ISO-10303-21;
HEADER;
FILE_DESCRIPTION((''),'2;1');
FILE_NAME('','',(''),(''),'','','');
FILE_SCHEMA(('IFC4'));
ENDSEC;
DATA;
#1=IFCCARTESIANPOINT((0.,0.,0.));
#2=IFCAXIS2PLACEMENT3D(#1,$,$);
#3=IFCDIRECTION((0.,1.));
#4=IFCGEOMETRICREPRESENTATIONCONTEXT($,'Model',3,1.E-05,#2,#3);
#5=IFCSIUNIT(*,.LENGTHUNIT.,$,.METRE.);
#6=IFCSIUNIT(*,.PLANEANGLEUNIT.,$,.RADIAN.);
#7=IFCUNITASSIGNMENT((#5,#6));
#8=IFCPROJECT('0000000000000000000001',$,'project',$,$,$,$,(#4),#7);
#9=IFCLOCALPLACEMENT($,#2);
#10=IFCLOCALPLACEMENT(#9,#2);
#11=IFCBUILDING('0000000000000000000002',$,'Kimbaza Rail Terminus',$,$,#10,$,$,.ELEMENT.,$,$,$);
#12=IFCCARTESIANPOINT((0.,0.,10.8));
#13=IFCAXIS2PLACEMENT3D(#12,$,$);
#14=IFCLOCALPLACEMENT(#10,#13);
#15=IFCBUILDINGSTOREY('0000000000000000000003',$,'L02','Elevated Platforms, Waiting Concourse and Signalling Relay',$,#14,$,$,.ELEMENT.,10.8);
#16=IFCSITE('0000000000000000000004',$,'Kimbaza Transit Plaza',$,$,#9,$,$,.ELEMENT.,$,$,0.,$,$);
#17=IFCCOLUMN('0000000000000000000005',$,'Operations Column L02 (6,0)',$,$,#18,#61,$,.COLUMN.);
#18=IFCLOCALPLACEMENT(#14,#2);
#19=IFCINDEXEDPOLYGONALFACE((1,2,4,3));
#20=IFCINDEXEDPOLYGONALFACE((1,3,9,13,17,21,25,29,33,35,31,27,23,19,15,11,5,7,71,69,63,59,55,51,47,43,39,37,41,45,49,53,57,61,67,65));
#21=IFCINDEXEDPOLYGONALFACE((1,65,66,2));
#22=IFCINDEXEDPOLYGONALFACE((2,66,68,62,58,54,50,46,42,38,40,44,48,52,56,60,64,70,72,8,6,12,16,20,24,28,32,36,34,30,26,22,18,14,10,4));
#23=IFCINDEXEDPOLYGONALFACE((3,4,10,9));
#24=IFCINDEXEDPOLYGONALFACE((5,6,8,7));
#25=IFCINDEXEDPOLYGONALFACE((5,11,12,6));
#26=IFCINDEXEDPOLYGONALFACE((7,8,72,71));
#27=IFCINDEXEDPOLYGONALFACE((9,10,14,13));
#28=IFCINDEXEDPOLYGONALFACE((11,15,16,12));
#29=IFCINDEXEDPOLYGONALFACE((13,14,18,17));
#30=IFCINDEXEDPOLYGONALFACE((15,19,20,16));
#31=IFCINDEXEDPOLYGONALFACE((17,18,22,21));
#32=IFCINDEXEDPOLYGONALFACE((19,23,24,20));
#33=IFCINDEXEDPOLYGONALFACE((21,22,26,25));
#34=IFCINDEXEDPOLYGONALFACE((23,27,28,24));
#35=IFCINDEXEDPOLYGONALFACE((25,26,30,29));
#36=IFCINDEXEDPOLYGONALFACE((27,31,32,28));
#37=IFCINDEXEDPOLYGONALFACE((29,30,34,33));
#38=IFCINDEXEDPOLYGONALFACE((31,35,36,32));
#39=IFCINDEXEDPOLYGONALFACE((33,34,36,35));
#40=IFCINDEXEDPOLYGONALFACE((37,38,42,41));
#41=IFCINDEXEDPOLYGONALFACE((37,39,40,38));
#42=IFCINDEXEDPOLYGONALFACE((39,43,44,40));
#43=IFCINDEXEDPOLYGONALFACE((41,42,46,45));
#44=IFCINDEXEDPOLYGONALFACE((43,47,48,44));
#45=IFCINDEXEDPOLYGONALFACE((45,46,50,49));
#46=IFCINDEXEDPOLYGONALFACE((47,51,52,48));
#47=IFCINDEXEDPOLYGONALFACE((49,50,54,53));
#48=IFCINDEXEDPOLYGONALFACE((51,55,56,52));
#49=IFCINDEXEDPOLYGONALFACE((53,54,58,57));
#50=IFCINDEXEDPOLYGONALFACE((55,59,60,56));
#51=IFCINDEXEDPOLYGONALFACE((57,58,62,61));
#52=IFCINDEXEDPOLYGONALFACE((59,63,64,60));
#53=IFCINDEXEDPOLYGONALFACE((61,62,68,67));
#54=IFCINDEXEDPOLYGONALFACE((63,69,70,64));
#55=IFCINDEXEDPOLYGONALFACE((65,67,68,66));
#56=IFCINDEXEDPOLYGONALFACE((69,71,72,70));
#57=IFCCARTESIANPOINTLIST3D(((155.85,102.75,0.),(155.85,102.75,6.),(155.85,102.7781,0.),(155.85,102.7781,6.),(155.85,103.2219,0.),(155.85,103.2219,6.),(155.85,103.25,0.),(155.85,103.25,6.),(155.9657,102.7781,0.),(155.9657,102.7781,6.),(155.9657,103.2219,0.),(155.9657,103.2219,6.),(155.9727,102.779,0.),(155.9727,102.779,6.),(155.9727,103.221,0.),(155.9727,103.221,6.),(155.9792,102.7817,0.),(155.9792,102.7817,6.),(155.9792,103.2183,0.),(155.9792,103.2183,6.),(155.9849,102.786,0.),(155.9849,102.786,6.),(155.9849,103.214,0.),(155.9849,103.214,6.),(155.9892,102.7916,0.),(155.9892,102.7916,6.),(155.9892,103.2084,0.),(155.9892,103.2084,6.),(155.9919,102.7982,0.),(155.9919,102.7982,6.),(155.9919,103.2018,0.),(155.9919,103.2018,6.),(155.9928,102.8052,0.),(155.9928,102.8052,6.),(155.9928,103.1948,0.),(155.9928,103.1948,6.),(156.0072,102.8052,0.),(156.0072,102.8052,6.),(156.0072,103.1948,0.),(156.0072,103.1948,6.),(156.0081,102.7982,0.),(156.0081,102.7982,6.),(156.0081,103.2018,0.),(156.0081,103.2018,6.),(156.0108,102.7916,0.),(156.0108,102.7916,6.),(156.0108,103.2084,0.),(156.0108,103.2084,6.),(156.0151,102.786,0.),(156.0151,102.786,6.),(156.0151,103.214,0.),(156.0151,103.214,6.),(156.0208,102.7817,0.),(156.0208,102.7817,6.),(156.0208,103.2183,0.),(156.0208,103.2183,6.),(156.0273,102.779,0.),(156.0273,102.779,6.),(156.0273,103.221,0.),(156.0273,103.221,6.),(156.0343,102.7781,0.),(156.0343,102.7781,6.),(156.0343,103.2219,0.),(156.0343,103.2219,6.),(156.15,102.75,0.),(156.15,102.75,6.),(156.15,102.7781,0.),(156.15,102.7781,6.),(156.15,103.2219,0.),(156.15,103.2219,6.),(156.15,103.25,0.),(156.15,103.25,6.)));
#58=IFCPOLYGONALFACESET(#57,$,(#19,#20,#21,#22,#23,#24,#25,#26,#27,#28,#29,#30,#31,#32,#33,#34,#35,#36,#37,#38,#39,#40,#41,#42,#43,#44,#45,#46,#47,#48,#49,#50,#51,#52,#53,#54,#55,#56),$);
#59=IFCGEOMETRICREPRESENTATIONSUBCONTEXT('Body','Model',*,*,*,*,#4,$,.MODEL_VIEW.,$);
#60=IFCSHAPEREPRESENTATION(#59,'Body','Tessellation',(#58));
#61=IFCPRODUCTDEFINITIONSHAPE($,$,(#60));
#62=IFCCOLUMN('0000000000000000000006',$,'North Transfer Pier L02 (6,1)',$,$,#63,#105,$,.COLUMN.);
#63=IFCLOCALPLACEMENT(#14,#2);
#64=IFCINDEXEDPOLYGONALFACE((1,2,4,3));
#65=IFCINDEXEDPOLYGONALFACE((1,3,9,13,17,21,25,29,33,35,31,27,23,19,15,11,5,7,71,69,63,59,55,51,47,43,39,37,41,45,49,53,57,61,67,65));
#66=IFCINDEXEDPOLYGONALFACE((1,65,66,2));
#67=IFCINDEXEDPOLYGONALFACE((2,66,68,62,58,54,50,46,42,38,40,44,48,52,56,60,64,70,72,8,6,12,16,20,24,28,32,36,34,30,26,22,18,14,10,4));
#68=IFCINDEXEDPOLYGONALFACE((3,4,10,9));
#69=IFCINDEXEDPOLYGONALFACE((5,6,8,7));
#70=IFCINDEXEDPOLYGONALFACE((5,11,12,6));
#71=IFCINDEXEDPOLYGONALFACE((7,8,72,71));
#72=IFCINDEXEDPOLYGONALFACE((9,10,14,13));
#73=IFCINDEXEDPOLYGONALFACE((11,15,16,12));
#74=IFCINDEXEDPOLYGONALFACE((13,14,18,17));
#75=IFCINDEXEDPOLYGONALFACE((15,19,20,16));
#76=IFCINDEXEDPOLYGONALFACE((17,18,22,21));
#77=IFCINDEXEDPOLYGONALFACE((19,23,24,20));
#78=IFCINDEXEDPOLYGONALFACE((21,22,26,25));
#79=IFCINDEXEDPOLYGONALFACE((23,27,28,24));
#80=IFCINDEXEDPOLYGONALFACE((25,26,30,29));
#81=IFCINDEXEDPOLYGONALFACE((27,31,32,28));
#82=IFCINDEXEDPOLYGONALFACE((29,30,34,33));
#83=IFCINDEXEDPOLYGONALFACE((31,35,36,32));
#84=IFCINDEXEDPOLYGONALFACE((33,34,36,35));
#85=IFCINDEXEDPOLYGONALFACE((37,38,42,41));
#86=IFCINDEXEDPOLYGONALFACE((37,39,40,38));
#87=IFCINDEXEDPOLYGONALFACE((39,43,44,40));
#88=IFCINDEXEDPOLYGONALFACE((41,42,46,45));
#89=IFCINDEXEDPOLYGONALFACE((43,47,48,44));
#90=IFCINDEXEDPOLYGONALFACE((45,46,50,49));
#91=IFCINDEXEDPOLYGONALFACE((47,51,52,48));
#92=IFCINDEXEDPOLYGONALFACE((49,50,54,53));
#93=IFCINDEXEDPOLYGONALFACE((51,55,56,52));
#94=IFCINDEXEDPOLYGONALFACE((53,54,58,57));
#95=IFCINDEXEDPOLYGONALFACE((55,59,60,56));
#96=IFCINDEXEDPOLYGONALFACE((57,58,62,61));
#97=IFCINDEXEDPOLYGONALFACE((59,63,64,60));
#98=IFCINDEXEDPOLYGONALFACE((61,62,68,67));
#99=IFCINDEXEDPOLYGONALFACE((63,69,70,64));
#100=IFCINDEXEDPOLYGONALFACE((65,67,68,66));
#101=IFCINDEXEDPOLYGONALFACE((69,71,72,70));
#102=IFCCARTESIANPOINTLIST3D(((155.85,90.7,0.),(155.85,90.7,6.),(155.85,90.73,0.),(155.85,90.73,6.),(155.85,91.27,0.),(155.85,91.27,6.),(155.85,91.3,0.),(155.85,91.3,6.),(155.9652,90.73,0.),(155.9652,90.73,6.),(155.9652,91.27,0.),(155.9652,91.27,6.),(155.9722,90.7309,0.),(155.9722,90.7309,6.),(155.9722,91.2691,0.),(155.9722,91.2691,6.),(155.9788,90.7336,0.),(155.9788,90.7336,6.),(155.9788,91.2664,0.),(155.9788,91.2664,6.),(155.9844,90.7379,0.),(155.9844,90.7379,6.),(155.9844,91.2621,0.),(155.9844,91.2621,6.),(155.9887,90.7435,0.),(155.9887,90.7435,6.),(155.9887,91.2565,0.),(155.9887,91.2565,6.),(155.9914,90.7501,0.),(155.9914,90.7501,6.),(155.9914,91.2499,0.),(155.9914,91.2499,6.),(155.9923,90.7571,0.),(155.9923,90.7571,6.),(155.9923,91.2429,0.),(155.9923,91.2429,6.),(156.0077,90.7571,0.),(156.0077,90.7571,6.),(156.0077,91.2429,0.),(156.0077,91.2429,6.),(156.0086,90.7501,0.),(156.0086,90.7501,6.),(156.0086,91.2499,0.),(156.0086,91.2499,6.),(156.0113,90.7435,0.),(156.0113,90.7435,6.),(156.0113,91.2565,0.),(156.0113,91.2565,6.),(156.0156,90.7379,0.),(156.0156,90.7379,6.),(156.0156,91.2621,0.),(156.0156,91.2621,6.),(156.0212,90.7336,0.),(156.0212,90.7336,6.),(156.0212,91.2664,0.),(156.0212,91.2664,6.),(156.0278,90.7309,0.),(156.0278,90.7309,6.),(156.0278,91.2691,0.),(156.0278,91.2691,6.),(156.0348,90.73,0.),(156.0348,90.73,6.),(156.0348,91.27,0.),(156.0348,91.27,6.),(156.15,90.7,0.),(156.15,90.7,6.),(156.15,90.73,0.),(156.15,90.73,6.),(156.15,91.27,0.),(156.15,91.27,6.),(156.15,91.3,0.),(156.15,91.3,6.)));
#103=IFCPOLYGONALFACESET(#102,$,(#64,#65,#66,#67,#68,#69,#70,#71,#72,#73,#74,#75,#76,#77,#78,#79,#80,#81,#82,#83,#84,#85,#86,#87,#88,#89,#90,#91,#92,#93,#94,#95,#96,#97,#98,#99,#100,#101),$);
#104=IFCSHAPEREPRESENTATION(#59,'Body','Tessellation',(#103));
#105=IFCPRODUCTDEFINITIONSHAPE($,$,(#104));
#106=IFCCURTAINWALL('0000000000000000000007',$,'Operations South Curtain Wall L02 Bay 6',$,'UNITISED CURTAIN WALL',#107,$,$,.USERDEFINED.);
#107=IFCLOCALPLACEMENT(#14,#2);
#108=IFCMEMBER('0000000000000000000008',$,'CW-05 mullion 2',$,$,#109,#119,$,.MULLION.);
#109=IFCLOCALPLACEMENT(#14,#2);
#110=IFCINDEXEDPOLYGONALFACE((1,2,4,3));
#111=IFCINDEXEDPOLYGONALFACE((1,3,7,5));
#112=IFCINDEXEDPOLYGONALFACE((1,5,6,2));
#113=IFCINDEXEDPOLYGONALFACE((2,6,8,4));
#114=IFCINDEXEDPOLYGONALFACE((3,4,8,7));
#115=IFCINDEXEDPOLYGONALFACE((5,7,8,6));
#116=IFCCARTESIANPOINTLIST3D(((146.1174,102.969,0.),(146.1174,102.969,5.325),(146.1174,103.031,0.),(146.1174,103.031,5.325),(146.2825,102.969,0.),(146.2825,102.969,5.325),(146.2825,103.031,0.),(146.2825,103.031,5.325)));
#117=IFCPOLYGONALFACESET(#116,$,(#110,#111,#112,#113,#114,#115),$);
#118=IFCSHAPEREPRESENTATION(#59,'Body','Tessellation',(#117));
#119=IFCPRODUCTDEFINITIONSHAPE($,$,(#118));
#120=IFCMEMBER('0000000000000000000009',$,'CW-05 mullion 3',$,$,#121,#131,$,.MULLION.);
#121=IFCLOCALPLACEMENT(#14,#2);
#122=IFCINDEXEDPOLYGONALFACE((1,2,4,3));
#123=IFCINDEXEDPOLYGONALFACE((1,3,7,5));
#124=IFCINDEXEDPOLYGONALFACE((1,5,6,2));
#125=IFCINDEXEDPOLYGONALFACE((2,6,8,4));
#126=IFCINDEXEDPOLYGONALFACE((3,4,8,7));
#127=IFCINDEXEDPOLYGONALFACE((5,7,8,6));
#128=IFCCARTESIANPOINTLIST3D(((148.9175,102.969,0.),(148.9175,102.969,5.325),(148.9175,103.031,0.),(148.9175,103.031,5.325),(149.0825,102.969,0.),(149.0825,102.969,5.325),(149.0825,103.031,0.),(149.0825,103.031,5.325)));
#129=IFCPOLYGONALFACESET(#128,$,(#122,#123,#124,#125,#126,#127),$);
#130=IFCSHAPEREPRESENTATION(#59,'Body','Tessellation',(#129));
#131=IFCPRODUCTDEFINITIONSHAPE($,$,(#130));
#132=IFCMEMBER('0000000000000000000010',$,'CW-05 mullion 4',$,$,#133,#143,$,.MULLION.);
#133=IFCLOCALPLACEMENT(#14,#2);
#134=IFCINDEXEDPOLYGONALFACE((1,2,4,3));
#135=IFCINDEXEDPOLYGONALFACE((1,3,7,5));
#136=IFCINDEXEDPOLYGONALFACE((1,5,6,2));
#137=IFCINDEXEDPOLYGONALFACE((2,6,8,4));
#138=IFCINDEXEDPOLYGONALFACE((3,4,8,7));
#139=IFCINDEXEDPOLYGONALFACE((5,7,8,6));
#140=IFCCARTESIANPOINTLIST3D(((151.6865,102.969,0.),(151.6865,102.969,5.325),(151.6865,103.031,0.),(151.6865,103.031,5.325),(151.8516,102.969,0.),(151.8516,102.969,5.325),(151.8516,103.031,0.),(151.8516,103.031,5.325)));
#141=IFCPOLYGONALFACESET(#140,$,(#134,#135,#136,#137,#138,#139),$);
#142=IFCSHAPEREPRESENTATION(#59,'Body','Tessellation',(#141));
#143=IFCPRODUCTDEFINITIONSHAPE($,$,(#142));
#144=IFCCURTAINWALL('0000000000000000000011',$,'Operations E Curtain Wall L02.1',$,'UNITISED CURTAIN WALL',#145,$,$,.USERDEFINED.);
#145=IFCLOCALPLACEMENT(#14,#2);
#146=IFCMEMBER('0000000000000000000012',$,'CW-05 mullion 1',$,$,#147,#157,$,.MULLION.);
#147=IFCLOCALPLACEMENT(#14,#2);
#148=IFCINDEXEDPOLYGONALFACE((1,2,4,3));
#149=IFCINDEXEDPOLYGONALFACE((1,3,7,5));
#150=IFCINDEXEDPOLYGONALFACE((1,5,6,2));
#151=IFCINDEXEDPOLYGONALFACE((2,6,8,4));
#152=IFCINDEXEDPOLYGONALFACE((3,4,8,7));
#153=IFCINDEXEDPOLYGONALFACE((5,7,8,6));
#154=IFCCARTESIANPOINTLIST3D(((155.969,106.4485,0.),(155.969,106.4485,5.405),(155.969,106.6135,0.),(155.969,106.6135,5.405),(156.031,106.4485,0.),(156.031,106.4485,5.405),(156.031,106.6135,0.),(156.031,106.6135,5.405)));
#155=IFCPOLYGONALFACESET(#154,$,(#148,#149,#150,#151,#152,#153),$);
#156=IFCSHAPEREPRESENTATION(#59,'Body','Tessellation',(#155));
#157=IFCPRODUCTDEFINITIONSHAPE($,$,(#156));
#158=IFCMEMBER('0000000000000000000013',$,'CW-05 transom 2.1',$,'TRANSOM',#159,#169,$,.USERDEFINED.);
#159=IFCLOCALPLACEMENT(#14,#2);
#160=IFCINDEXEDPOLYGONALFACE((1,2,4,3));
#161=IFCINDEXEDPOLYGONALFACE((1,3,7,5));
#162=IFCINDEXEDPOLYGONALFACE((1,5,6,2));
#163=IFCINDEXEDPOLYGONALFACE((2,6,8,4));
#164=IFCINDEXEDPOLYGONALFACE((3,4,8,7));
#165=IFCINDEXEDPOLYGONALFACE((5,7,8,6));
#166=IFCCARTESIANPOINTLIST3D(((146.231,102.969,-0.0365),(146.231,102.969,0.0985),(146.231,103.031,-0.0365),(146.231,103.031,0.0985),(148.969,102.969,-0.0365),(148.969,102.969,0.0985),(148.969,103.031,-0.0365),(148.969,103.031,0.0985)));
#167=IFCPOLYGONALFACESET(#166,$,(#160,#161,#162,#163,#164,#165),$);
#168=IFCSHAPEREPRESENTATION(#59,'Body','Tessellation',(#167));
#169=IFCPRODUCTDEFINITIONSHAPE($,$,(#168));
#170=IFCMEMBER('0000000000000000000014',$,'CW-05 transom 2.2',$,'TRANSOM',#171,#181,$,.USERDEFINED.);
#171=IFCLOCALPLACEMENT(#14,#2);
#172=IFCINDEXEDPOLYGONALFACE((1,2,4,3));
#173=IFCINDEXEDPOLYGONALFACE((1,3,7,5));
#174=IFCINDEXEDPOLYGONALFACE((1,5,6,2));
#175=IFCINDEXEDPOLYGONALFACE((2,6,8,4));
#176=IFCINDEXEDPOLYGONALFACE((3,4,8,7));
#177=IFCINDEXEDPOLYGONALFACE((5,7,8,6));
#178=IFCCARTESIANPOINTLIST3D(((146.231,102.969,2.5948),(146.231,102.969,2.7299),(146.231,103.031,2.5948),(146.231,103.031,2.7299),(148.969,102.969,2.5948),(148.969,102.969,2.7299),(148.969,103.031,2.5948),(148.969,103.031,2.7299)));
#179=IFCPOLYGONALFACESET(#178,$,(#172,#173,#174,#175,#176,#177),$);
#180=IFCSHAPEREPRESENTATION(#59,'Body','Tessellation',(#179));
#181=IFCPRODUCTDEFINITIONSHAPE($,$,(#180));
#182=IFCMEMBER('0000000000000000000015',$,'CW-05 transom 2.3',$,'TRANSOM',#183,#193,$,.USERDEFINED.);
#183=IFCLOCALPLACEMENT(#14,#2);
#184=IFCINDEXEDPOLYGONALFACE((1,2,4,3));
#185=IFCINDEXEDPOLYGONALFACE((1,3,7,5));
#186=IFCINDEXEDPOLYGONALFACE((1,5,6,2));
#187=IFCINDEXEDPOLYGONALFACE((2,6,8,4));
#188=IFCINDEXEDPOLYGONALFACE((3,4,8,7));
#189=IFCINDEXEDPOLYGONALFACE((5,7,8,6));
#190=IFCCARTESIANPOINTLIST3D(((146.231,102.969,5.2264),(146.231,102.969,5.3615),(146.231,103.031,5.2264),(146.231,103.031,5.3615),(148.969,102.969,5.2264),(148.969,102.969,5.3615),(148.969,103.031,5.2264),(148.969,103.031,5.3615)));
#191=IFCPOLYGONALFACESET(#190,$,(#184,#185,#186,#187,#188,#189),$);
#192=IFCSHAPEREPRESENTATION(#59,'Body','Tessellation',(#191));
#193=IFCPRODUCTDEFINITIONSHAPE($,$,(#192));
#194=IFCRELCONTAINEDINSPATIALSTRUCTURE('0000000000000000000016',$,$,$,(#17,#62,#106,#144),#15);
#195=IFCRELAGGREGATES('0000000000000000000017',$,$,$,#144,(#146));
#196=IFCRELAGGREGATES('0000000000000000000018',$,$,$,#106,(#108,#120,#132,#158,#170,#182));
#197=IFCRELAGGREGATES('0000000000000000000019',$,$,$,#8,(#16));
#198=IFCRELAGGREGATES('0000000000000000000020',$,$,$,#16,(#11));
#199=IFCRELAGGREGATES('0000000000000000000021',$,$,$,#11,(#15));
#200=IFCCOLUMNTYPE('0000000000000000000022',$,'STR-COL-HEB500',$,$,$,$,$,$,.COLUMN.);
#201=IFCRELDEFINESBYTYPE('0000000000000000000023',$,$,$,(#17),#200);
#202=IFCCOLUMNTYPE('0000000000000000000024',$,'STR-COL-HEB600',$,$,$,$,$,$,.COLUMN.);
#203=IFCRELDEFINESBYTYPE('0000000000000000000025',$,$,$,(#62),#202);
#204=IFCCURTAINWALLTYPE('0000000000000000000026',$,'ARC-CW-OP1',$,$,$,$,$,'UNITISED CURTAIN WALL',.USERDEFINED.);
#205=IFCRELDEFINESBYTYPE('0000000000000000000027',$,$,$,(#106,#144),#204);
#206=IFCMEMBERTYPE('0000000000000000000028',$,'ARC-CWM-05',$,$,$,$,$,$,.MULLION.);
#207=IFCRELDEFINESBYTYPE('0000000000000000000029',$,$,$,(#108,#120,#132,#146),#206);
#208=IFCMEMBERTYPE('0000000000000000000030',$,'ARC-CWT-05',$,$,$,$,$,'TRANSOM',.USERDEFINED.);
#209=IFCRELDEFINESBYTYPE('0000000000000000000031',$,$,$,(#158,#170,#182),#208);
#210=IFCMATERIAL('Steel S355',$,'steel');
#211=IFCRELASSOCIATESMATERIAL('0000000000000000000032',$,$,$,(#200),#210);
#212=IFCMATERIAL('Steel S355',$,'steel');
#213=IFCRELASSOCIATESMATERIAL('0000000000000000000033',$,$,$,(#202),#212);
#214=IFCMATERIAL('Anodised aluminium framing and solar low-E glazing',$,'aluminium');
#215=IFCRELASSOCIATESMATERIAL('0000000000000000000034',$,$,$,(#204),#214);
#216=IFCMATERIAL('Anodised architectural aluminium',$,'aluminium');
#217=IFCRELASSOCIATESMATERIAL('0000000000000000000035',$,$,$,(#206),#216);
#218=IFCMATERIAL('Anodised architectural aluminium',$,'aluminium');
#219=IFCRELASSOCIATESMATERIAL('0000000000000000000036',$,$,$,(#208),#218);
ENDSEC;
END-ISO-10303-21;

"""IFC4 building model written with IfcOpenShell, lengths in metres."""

from ifc_helpers import new_model, si_unit, direction, frame, origin, origin_2d, place, context, subcontext, project, spatial, rectangle, i_section, extrude, material, material_profile, profile_set, type_object, element, aggregate, save


model = new_model("IFC4")

# Units and contexts
model_context = context("Model", 3, precision=1e-05, world=origin(), true_north=direction((0.0, 1.0)))
body_context = subcontext(model_context, "Body", "Model", "MODEL_VIEW")
ifc_project = project(units=[si_unit("LENGTHUNIT", "METRE"), si_unit("PLANEANGLEUNIT", "RADIAN")], contexts=[model_context])

# Site, building, storey
site_placement = place(None, origin())
site = spatial("IfcSite", under=ifc_project, at=site_placement, Name="Kimbaza Transit Plaza", CompositionType="ELEMENT", RefElevation=0.0)
building_placement = place(site_placement, origin())
building = spatial("IfcBuilding", under=site, at=building_placement, Name="Kimbaza Rail Terminus", CompositionType="ELEMENT")
storey_placement = place(building_placement, frame((0.0, 0.0, 10.8)))
storey = spatial("IfcBuildingStorey", under=building, at=storey_placement, Name="L02", Description="Elevated Platforms, Waiting Concourse and Signalling Relay", CompositionType="ELEMENT", Elevation=10.8)

# Columns
ifc_material_1 = material(Name="Steel S355", Category="steel")
ifc_material_profile_1 = material_profile(ifc_material_1, i_section(OverallWidth=0.3, OverallDepth=0.5, WebThickness=0.0144, FlangeThickness=0.0281, FilletRadius=0.0271, at=origin_2d()), Name="HEB 500")
ifc_profile_set_1 = profile_set([ifc_material_profile_1], Name="Steel S355")
column_type_1 = type_object("IfcColumnType", Name="STR-COL-HEB500", PredefinedType="COLUMN", material=ifc_profile_set_1)
column_1_placement = place(storey_placement, frame((156.0, 103.0, 0.0), z_axis=(0.0, 0.0, 1.0), x_axis=(1.0, 0.0, 0.0)))
element("IfcColumn", 1, at=column_1_placement, inside=storey, type_object=column_type_1, Name="Operations Column L02 (6,0)", PredefinedType="COLUMN", context=body_context, shape_type="SweptSolid", body=[
    extrude(i_section(OverallWidth=0.3, OverallDepth=0.5, WebThickness=0.0144, FlangeThickness=0.0281, FilletRadius=0.0271, at=origin_2d()), origin(), (0.0, 0.0, 1.0), 6.0),
])
ifc_material_2 = material(Name="Steel S355", Category="steel")
ifc_material_profile_2 = material_profile(ifc_material_2, i_section(OverallWidth=0.3, OverallDepth=0.6001, WebThickness=0.0154, FlangeThickness=0.03, FilletRadius=0.0271, at=origin_2d()), Name="HEB 600")
ifc_profile_set_2 = profile_set([ifc_material_profile_2], Name="Steel S355")
column_type_2 = type_object("IfcColumnType", Name="STR-COL-HEB600", PredefinedType="COLUMN", material=ifc_profile_set_2)
column_2_placement = place(storey_placement, frame((156.0, 91.0, 0.0), z_axis=(0.0, 0.0, 1.0), x_axis=(1.0, 0.0, 0.0)))
element("IfcColumn", 2, at=column_2_placement, inside=storey, type_object=column_type_2, Name="North Transfer Pier L02 (6,1)", PredefinedType="COLUMN", context=body_context, shape_type="SweptSolid", body=[
    extrude(i_section(OverallWidth=0.3, OverallDepth=0.6001, WebThickness=0.0154, FlangeThickness=0.03, FilletRadius=0.0271, at=origin_2d()), origin(), (0.0, 0.0, 1.0), 6.0),
])

# Curtain wall, members
ifc_material_3 = material(Name="Anodised aluminium framing and solar low-E glazing", Category="aluminium")
curtain_wall_type = type_object("IfcCurtainWallType", Name="ARC-CW-OP1", ElementType="UNITISED CURTAIN WALL", PredefinedType="USERDEFINED", material=ifc_material_3)
curtain_wall_1_placement = place(storey_placement, origin())
curtain_wall_1 = element("IfcCurtainWall", 3, at=curtain_wall_1_placement, inside=storey, type_object=curtain_wall_type, Name="Operations South Curtain Wall L02 Bay 6", ObjectType="UNITISED CURTAIN WALL", PredefinedType="USERDEFINED")
ifc_material_4 = material(Name="Anodised architectural aluminium", Category="aluminium")
ifc_material_profile_3 = material_profile(ifc_material_4, rectangle(XDim=0.062, YDim=0.165, at=origin_2d()), Name="MULLION 62x165")
ifc_profile_set_3 = profile_set([ifc_material_profile_3], Name="Anodised architectural aluminium")
member_type_1 = type_object("IfcMemberType", Name="ARC-CWM-05", PredefinedType="MULLION", material=ifc_profile_set_3)
member_1_placement = place(storey_placement, frame((146.2, 103.0, 0.0), z_axis=(0.0, 0.0, 1.0), x_axis=(0.0, 1.0, 0.0)))
member_1 = element("IfcMember", 4, at=member_1_placement, type_object=member_type_1, Name="CW-05 mullion 2", PredefinedType="MULLION", context=body_context, shape_type="SweptSolid", body=[
    extrude(rectangle(XDim=0.062, YDim=0.165, at=origin_2d()), origin(), (0.0, 0.0, 1.0), 5.325),
])
member_2_placement = place(storey_placement, frame((149.0, 103.0, 0.0), z_axis=(0.0, 0.0, 1.0), x_axis=(0.0, 1.0, 0.0)))
member_2 = element("IfcMember", 5, at=member_2_placement, type_object=member_type_1, Name="CW-05 mullion 3", PredefinedType="MULLION", context=body_context, shape_type="SweptSolid", body=[
    extrude(rectangle(XDim=0.062, YDim=0.165, at=origin_2d()), origin(), (0.0, 0.0, 1.0), 5.325),
])
member_3_placement = place(storey_placement, frame((151.769, 103.0, 0.0), z_axis=(0.0, 0.0, 1.0), x_axis=(0.0, 1.0, 0.0)))
member_3 = element("IfcMember", 6, at=member_3_placement, type_object=member_type_1, Name="CW-05 mullion 4", PredefinedType="MULLION", context=body_context, shape_type="SweptSolid", body=[
    extrude(rectangle(XDim=0.062, YDim=0.165, at=origin_2d()), origin(), (0.0, 0.0, 1.0), 5.325),
])

# Curtain wall, member
curtain_wall_2_placement = place(storey_placement, origin())
curtain_wall_2 = element("IfcCurtainWall", 7, at=curtain_wall_2_placement, inside=storey, type_object=curtain_wall_type, Name="Operations E Curtain Wall L02.1", ObjectType="UNITISED CURTAIN WALL", PredefinedType="USERDEFINED")
member_4_placement = place(storey_placement, frame((156.0, 106.531, 0.0), z_axis=(0.0, 0.0, 1.0), x_axis=(-1.0, 0.0, 0.0)))
member_4 = element("IfcMember", 8, at=member_4_placement, type_object=member_type_1, Name="CW-05 mullion 1", PredefinedType="MULLION", context=body_context, shape_type="SweptSolid", body=[
    extrude(rectangle(XDim=0.062, YDim=0.165, at=origin_2d()), origin(), (0.0, 0.0, 1.0), 5.405),
])
aggregate(curtain_wall_2, [member_4])

# Members
ifc_material_5 = material(Name="Anodised architectural aluminium", Category="aluminium")
ifc_material_profile_4 = material_profile(ifc_material_5, rectangle(XDim=0.062, YDim=0.135, at=origin_2d()), Name="TRANSOM 62x135")
ifc_profile_set_4 = profile_set([ifc_material_profile_4], Name="Anodised architectural aluminium")
member_type_2 = type_object("IfcMemberType", Name="ARC-CWT-05", ElementType="TRANSOM", PredefinedType="USERDEFINED", material=ifc_profile_set_4)
member_5_placement = place(storey_placement, frame((146.231, 103.0, 0.031), z_axis=(1.0, 0.0, 0.0), x_axis=(0.0, 1.0, 0.0)))
member_5 = element("IfcMember", 9, at=member_5_placement, type_object=member_type_2, Name="CW-05 transom 2.1", ObjectType="TRANSOM", PredefinedType="USERDEFINED", context=body_context, shape_type="SweptSolid", body=[
    extrude(rectangle(XDim=0.062, YDim=0.135, at=origin_2d()), origin(), (0.0, 0.0, 1.0), 2.738),
])
member_6_placement = place(storey_placement, frame((146.231, 103.0, 2.6624), z_axis=(1.0, 0.0, 0.0), x_axis=(0.0, 1.0, 0.0)))
member_6 = element("IfcMember", 10, at=member_6_placement, type_object=member_type_2, Name="CW-05 transom 2.2", ObjectType="TRANSOM", PredefinedType="USERDEFINED", context=body_context, shape_type="SweptSolid", body=[
    extrude(rectangle(XDim=0.062, YDim=0.135, at=origin_2d()), origin(), (0.0, 0.0, 1.0), 2.738),
])
member_7_placement = place(storey_placement, frame((146.231, 103.0, 5.2939), z_axis=(1.0, 0.0, 0.0), x_axis=(0.0, 1.0, 0.0)))
member_7 = element("IfcMember", 11, at=member_7_placement, type_object=member_type_2, Name="CW-05 transom 2.3", ObjectType="TRANSOM", PredefinedType="USERDEFINED", context=body_context, shape_type="SweptSolid", body=[
    extrude(rectangle(XDim=0.062, YDim=0.135, at=origin_2d()), origin(), (0.0, 0.0, 1.0), 2.738),
])

aggregate(curtain_wall_1, [member_1, member_2, member_3, member_5, member_6, member_7])

save(model, "model.ifc")
